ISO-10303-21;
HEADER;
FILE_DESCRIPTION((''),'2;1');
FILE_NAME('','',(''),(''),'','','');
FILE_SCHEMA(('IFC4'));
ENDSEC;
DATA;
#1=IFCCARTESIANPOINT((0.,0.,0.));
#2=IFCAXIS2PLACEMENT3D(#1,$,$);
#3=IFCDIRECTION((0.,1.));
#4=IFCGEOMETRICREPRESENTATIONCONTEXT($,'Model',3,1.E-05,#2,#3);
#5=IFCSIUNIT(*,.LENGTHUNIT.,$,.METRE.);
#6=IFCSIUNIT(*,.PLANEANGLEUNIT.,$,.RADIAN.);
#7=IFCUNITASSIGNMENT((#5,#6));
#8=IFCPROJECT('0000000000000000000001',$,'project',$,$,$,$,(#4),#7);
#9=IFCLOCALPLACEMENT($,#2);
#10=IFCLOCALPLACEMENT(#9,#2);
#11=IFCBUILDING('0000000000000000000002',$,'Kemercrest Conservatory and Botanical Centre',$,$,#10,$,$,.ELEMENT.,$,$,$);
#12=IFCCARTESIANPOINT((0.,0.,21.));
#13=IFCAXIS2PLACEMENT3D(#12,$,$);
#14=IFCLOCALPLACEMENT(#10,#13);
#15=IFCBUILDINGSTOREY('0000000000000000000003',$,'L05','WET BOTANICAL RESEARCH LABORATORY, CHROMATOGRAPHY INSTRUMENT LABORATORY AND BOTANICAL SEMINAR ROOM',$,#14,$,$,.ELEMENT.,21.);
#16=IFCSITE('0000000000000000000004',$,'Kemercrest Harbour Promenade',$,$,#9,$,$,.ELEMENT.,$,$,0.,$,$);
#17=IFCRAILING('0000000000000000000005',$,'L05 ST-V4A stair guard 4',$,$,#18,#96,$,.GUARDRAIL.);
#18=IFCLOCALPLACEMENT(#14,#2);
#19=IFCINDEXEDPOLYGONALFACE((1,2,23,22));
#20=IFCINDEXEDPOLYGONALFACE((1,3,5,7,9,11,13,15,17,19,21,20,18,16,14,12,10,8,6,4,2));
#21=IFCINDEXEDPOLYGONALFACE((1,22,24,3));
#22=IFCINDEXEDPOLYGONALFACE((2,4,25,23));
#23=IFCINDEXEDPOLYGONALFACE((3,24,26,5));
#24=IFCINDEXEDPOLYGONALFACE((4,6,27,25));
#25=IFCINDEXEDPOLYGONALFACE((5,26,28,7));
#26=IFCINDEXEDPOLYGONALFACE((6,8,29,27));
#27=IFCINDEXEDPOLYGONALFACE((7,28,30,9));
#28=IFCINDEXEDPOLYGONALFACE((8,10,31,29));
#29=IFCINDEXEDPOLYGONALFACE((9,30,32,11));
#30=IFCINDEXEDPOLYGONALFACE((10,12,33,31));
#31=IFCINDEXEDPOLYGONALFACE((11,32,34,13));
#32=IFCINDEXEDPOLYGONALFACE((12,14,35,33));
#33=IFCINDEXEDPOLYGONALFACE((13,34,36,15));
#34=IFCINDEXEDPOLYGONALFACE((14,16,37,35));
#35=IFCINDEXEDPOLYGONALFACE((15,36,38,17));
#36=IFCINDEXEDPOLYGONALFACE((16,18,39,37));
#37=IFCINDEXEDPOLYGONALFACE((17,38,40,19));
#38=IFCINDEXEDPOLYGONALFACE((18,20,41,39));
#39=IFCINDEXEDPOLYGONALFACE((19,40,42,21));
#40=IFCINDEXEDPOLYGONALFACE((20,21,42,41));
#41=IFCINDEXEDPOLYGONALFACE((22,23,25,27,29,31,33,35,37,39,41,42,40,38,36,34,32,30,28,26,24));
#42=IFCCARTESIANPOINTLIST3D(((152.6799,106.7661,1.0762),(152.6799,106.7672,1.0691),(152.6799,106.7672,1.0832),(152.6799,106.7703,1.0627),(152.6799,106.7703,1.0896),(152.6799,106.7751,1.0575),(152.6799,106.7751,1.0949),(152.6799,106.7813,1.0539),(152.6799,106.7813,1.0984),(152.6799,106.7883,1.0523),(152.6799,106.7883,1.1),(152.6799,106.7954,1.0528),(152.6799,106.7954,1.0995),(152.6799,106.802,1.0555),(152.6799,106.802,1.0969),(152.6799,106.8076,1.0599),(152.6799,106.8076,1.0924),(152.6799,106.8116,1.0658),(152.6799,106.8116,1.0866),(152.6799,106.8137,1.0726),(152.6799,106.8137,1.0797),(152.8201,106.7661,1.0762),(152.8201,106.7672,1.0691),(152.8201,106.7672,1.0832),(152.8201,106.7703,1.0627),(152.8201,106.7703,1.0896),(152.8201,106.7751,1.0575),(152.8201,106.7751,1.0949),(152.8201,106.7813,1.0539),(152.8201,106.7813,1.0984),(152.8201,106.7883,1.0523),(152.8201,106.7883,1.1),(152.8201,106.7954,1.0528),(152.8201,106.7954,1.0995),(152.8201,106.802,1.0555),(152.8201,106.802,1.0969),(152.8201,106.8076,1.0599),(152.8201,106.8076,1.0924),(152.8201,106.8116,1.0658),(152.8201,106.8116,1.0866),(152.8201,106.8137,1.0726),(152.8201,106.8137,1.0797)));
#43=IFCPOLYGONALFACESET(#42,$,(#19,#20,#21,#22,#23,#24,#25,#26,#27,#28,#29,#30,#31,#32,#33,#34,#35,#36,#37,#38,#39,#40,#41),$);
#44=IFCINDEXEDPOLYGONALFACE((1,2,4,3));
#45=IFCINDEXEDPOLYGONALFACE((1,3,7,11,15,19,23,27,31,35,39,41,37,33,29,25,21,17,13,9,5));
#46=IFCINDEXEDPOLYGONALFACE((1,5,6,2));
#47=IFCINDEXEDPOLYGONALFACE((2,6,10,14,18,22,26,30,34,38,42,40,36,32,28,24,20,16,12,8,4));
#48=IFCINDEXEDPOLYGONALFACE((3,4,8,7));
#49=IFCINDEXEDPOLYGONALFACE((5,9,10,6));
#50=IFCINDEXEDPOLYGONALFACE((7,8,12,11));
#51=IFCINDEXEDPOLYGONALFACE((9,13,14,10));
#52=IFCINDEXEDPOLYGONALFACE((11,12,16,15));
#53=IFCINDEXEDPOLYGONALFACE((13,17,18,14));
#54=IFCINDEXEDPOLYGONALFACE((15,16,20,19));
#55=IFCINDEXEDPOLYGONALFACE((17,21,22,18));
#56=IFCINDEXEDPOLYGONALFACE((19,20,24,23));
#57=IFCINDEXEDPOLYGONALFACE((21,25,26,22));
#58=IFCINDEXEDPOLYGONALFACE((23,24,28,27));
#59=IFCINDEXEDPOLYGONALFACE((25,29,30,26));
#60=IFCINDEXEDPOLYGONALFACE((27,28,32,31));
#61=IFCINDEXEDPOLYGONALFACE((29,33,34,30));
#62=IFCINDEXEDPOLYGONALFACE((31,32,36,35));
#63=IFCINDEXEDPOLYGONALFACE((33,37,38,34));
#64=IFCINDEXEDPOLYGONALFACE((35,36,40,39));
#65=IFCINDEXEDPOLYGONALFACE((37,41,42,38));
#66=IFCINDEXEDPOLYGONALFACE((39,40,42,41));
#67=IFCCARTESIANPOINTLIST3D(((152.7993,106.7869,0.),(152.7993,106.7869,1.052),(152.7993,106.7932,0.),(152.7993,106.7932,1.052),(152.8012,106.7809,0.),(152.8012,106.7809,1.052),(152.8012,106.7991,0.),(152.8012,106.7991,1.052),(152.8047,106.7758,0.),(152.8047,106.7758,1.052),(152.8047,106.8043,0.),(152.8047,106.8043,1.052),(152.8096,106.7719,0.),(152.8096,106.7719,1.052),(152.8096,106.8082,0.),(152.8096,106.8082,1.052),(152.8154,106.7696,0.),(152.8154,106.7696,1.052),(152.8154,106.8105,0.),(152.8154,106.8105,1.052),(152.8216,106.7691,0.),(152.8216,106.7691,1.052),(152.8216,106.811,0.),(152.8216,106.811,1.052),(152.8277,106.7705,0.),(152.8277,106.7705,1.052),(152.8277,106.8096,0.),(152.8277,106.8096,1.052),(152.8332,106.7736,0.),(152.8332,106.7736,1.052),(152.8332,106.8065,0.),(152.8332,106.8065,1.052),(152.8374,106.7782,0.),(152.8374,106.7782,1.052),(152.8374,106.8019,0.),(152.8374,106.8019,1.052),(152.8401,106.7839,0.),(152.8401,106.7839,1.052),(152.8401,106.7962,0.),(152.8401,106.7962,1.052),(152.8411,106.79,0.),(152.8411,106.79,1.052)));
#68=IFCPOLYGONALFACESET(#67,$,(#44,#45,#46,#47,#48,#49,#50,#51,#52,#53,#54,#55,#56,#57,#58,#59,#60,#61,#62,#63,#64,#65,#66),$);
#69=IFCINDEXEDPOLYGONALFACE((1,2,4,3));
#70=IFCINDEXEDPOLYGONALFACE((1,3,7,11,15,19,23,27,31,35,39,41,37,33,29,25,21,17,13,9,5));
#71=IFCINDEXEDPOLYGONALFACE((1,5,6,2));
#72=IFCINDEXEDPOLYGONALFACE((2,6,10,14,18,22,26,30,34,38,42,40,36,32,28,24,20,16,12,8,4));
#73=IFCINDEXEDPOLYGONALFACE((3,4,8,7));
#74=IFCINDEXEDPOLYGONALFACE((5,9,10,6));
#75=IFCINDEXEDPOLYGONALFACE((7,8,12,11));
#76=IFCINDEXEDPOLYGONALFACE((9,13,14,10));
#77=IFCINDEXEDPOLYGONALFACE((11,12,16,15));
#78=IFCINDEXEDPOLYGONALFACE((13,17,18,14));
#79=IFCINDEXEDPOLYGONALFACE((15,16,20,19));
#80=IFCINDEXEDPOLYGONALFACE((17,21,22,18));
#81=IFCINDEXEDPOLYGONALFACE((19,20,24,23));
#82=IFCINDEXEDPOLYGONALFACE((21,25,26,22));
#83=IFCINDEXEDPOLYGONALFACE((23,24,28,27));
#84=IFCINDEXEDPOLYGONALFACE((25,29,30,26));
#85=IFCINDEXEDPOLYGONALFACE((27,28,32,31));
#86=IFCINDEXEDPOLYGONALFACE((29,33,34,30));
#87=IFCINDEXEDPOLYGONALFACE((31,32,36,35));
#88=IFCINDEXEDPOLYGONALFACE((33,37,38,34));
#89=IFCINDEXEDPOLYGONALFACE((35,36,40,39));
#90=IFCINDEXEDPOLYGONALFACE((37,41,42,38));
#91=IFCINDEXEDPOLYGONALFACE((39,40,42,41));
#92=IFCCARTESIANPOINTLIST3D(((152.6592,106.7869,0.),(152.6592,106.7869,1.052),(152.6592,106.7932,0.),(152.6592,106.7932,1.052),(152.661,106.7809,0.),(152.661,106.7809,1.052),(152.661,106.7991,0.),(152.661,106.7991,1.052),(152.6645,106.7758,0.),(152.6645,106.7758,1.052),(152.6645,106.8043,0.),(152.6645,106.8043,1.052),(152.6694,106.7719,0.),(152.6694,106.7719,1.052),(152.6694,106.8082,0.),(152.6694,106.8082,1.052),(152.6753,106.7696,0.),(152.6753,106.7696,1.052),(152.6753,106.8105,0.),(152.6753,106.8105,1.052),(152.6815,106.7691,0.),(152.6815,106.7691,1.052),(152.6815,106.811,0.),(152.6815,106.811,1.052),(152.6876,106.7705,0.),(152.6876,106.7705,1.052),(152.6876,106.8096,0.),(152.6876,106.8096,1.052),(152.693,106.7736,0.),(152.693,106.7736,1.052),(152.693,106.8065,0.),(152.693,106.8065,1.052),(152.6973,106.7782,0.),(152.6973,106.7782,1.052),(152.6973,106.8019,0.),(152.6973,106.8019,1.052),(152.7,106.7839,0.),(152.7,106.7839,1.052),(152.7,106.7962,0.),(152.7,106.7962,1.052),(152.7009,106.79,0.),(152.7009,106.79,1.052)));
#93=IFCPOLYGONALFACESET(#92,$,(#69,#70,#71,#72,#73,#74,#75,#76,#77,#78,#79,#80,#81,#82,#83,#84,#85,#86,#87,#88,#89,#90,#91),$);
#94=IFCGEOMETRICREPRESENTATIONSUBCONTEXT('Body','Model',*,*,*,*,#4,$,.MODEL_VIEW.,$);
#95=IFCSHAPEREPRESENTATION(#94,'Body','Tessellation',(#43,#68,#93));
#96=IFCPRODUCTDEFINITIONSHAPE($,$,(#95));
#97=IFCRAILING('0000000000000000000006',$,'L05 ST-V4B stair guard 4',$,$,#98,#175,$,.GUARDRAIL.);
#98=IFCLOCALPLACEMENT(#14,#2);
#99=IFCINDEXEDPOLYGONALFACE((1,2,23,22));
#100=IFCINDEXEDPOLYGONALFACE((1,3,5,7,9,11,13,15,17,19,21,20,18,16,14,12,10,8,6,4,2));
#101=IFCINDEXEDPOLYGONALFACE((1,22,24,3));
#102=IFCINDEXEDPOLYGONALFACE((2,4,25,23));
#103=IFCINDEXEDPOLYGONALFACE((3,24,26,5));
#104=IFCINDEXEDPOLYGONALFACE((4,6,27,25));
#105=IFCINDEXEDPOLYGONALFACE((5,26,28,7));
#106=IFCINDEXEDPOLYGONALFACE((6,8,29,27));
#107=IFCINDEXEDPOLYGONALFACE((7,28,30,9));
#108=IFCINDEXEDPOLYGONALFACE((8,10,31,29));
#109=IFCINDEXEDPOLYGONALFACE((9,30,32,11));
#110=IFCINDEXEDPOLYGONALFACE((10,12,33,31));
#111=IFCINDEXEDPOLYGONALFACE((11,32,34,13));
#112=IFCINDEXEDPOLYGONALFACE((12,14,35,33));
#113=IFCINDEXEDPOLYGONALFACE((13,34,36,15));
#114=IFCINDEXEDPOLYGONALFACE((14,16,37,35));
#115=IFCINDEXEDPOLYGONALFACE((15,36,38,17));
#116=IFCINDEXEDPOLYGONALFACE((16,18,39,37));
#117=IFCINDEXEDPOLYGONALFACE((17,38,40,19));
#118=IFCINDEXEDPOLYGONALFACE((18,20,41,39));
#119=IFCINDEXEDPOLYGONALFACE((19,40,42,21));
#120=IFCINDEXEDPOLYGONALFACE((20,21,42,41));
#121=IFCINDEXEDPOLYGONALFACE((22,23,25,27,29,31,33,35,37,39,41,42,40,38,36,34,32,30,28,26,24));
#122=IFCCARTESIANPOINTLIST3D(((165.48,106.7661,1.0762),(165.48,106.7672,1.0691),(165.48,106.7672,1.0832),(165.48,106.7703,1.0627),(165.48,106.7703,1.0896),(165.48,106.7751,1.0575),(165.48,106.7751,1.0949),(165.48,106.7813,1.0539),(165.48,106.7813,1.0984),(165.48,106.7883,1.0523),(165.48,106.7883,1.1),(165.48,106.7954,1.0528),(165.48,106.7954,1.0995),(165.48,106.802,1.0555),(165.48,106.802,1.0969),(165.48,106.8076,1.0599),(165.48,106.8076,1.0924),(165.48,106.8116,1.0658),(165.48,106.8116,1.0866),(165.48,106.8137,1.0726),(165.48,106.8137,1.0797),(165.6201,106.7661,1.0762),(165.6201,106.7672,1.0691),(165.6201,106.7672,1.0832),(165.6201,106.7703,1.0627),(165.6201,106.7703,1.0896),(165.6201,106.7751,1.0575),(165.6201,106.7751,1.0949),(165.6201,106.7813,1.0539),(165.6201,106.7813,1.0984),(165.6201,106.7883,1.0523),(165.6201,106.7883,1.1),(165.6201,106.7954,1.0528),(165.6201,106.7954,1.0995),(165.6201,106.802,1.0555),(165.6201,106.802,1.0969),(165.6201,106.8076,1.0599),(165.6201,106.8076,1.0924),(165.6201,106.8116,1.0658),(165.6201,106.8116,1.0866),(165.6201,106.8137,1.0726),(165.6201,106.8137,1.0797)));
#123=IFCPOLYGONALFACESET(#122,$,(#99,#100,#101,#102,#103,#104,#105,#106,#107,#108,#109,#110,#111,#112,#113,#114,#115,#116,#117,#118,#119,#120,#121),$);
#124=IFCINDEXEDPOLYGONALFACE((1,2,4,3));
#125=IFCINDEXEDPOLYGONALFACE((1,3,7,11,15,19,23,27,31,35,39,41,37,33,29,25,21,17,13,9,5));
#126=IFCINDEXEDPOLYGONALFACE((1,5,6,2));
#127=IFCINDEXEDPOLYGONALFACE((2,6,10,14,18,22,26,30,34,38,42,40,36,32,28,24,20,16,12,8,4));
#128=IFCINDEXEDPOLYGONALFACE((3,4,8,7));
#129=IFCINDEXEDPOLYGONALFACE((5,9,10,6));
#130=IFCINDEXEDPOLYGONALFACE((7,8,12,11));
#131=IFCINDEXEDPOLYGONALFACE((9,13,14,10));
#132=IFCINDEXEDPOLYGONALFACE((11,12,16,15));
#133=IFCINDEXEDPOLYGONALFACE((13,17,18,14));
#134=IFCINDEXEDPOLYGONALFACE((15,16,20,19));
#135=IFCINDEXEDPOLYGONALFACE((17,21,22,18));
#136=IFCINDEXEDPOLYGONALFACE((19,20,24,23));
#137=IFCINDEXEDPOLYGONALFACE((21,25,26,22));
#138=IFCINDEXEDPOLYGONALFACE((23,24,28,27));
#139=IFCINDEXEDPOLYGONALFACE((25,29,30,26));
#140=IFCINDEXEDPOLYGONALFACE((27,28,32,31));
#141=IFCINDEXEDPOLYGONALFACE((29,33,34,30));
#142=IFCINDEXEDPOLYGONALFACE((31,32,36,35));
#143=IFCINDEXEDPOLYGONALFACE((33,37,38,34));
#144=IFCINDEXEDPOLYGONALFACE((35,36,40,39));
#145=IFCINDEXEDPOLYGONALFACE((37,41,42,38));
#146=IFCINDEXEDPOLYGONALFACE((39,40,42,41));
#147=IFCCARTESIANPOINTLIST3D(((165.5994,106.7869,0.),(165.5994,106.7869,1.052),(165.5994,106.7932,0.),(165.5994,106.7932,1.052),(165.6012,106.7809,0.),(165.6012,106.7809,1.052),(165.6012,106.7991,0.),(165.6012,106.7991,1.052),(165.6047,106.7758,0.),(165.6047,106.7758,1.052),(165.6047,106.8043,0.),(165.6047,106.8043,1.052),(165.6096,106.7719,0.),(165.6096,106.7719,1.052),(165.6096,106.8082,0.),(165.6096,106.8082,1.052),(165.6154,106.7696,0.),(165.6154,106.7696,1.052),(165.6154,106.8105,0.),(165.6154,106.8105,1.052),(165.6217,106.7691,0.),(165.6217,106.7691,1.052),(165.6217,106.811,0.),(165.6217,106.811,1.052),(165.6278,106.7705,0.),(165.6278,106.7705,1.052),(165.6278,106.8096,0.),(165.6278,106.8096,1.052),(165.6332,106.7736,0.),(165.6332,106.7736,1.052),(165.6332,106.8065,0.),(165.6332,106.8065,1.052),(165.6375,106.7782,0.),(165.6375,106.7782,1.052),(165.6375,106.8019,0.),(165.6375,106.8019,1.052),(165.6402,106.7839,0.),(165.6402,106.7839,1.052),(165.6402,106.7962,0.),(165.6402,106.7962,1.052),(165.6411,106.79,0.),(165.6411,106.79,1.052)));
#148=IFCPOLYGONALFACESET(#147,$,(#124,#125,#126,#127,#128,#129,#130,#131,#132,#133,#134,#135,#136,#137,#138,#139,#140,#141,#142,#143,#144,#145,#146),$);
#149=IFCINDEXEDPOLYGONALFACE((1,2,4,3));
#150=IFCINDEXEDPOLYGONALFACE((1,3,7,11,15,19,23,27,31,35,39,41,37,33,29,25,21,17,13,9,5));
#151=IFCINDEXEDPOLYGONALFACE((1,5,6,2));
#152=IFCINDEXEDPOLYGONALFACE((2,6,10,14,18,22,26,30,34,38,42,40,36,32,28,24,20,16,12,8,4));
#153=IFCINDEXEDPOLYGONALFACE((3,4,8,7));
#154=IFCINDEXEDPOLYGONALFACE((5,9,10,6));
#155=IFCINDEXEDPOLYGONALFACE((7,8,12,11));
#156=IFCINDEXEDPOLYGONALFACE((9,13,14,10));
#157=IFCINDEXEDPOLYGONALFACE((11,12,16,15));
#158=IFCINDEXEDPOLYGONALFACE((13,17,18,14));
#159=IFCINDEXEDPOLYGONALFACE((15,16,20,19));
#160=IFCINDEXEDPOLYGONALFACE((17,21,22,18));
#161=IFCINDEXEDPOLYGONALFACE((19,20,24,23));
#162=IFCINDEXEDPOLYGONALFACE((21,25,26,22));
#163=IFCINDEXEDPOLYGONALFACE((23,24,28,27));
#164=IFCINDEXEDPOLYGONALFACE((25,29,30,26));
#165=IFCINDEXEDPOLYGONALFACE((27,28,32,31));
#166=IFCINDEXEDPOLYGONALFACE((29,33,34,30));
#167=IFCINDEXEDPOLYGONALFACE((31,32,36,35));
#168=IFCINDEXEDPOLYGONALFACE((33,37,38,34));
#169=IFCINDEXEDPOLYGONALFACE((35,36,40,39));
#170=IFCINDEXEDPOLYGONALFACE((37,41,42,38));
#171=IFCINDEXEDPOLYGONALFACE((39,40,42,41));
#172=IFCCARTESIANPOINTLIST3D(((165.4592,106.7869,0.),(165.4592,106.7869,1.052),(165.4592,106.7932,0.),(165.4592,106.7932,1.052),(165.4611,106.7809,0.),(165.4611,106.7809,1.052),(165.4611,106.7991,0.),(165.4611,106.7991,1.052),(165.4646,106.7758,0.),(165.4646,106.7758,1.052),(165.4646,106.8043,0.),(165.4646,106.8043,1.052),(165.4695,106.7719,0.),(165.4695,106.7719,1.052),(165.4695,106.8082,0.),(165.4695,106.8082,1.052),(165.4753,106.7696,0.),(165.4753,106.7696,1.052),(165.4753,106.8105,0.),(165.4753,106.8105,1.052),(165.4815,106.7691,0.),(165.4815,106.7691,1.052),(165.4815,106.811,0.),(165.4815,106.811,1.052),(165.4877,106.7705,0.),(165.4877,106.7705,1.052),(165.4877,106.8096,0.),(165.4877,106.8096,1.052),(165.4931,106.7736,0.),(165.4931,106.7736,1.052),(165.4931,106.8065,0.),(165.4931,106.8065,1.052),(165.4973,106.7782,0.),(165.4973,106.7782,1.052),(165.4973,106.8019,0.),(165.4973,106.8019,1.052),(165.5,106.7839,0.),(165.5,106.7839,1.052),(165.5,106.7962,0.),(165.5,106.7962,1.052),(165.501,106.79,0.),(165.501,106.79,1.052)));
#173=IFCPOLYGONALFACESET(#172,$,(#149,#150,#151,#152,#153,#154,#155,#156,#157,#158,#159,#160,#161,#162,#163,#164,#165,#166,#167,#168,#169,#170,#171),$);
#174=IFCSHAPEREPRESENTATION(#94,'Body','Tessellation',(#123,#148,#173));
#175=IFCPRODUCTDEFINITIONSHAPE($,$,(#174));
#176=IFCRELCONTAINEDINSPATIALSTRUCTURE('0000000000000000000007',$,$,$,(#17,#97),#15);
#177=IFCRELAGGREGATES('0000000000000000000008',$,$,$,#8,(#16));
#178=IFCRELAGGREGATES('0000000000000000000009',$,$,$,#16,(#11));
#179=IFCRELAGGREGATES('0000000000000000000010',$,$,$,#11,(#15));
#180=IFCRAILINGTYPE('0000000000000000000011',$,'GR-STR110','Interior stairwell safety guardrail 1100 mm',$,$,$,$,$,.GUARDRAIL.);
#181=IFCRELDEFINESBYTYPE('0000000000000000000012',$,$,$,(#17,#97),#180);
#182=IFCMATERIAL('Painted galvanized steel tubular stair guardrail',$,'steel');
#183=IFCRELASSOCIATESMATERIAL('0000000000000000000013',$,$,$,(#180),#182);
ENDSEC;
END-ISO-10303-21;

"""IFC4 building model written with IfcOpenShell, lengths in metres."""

from ifc_helpers import new_model, si_unit, direction, frame, origin, origin_2d, place, context, subcontext, project, spatial, circle, extrude, material, type_object, element, save


model = new_model("IFC4")

# Units and contexts
model_context = context("Model", 3, precision=1e-05, world=origin(), true_north=direction((0.0, 1.0)))
body_context = subcontext(model_context, "Body", "Model", "MODEL_VIEW")
ifc_project = project(units=[si_unit("LENGTHUNIT", "METRE"), si_unit("PLANEANGLEUNIT", "RADIAN")], contexts=[model_context])

# Site, building, storey
site_placement = place(None, origin())
site = spatial("IfcSite", under=ifc_project, at=site_placement, Name="Kemercrest Harbour Promenade", CompositionType="ELEMENT", RefElevation=0.0)
building_placement = place(site_placement, origin())
building = spatial("IfcBuilding", under=site, at=building_placement, Name="Kemercrest Conservatory and Botanical Centre", CompositionType="ELEMENT")
storey_placement = place(building_placement, frame((0.0, 0.0, 21.0)))
storey = spatial("IfcBuildingStorey", under=building, at=storey_placement, Name="L05", Description="WET BOTANICAL RESEARCH LABORATORY, CHROMATOGRAPHY INSTRUMENT LABORATORY AND BOTANICAL SEMINAR ROOM", CompositionType="ELEMENT", Elevation=21.0)

# Railings
ifc_material_1 = material(Name="Painted galvanized steel tubular stair guardrail", Category="steel")
railing_type_1 = type_object("IfcRailingType", Name="GR-STR110", Description="Interior stairwell safety guardrail 1100 mm", PredefinedType="GUARDRAIL", material=ifc_material_1)
for number, where, name in (
    (1, (152.8201, 106.79, 0.0), "L05 ST-V4A stair guard 4"),
    (2, (165.6201, 106.79, 0.0), "L05 ST-V4B stair guard 4"),
):
    element("IfcRailing", number, at=place(storey_placement, frame(where)), inside=storey, type_object=railing_type_1, Name=name, PredefinedType="GUARDRAIL", context=body_context, shape_type="SweptSolid", body=[
        extrude(circle(Radius=0.0239, at=origin_2d()), frame((0.0, 0.0, 1.0762), z_axis=(-1.0, 0.0, 0.0), x_axis=(0.0, -1.0, 0.0)), (0.0, 0.0, 1.0), 0.1401),
        extrude(circle(Radius=0.021, at=origin_2d()), origin(), (0.0, 0.0, 1.0), 1.052),
        extrude(circle(Radius=0.021, at=origin_2d()), frame((-0.1401, 0.0, 0.0)), (0.0, 0.0, 1.0), 1.052),
    ])

save(model, "model.ifc")
